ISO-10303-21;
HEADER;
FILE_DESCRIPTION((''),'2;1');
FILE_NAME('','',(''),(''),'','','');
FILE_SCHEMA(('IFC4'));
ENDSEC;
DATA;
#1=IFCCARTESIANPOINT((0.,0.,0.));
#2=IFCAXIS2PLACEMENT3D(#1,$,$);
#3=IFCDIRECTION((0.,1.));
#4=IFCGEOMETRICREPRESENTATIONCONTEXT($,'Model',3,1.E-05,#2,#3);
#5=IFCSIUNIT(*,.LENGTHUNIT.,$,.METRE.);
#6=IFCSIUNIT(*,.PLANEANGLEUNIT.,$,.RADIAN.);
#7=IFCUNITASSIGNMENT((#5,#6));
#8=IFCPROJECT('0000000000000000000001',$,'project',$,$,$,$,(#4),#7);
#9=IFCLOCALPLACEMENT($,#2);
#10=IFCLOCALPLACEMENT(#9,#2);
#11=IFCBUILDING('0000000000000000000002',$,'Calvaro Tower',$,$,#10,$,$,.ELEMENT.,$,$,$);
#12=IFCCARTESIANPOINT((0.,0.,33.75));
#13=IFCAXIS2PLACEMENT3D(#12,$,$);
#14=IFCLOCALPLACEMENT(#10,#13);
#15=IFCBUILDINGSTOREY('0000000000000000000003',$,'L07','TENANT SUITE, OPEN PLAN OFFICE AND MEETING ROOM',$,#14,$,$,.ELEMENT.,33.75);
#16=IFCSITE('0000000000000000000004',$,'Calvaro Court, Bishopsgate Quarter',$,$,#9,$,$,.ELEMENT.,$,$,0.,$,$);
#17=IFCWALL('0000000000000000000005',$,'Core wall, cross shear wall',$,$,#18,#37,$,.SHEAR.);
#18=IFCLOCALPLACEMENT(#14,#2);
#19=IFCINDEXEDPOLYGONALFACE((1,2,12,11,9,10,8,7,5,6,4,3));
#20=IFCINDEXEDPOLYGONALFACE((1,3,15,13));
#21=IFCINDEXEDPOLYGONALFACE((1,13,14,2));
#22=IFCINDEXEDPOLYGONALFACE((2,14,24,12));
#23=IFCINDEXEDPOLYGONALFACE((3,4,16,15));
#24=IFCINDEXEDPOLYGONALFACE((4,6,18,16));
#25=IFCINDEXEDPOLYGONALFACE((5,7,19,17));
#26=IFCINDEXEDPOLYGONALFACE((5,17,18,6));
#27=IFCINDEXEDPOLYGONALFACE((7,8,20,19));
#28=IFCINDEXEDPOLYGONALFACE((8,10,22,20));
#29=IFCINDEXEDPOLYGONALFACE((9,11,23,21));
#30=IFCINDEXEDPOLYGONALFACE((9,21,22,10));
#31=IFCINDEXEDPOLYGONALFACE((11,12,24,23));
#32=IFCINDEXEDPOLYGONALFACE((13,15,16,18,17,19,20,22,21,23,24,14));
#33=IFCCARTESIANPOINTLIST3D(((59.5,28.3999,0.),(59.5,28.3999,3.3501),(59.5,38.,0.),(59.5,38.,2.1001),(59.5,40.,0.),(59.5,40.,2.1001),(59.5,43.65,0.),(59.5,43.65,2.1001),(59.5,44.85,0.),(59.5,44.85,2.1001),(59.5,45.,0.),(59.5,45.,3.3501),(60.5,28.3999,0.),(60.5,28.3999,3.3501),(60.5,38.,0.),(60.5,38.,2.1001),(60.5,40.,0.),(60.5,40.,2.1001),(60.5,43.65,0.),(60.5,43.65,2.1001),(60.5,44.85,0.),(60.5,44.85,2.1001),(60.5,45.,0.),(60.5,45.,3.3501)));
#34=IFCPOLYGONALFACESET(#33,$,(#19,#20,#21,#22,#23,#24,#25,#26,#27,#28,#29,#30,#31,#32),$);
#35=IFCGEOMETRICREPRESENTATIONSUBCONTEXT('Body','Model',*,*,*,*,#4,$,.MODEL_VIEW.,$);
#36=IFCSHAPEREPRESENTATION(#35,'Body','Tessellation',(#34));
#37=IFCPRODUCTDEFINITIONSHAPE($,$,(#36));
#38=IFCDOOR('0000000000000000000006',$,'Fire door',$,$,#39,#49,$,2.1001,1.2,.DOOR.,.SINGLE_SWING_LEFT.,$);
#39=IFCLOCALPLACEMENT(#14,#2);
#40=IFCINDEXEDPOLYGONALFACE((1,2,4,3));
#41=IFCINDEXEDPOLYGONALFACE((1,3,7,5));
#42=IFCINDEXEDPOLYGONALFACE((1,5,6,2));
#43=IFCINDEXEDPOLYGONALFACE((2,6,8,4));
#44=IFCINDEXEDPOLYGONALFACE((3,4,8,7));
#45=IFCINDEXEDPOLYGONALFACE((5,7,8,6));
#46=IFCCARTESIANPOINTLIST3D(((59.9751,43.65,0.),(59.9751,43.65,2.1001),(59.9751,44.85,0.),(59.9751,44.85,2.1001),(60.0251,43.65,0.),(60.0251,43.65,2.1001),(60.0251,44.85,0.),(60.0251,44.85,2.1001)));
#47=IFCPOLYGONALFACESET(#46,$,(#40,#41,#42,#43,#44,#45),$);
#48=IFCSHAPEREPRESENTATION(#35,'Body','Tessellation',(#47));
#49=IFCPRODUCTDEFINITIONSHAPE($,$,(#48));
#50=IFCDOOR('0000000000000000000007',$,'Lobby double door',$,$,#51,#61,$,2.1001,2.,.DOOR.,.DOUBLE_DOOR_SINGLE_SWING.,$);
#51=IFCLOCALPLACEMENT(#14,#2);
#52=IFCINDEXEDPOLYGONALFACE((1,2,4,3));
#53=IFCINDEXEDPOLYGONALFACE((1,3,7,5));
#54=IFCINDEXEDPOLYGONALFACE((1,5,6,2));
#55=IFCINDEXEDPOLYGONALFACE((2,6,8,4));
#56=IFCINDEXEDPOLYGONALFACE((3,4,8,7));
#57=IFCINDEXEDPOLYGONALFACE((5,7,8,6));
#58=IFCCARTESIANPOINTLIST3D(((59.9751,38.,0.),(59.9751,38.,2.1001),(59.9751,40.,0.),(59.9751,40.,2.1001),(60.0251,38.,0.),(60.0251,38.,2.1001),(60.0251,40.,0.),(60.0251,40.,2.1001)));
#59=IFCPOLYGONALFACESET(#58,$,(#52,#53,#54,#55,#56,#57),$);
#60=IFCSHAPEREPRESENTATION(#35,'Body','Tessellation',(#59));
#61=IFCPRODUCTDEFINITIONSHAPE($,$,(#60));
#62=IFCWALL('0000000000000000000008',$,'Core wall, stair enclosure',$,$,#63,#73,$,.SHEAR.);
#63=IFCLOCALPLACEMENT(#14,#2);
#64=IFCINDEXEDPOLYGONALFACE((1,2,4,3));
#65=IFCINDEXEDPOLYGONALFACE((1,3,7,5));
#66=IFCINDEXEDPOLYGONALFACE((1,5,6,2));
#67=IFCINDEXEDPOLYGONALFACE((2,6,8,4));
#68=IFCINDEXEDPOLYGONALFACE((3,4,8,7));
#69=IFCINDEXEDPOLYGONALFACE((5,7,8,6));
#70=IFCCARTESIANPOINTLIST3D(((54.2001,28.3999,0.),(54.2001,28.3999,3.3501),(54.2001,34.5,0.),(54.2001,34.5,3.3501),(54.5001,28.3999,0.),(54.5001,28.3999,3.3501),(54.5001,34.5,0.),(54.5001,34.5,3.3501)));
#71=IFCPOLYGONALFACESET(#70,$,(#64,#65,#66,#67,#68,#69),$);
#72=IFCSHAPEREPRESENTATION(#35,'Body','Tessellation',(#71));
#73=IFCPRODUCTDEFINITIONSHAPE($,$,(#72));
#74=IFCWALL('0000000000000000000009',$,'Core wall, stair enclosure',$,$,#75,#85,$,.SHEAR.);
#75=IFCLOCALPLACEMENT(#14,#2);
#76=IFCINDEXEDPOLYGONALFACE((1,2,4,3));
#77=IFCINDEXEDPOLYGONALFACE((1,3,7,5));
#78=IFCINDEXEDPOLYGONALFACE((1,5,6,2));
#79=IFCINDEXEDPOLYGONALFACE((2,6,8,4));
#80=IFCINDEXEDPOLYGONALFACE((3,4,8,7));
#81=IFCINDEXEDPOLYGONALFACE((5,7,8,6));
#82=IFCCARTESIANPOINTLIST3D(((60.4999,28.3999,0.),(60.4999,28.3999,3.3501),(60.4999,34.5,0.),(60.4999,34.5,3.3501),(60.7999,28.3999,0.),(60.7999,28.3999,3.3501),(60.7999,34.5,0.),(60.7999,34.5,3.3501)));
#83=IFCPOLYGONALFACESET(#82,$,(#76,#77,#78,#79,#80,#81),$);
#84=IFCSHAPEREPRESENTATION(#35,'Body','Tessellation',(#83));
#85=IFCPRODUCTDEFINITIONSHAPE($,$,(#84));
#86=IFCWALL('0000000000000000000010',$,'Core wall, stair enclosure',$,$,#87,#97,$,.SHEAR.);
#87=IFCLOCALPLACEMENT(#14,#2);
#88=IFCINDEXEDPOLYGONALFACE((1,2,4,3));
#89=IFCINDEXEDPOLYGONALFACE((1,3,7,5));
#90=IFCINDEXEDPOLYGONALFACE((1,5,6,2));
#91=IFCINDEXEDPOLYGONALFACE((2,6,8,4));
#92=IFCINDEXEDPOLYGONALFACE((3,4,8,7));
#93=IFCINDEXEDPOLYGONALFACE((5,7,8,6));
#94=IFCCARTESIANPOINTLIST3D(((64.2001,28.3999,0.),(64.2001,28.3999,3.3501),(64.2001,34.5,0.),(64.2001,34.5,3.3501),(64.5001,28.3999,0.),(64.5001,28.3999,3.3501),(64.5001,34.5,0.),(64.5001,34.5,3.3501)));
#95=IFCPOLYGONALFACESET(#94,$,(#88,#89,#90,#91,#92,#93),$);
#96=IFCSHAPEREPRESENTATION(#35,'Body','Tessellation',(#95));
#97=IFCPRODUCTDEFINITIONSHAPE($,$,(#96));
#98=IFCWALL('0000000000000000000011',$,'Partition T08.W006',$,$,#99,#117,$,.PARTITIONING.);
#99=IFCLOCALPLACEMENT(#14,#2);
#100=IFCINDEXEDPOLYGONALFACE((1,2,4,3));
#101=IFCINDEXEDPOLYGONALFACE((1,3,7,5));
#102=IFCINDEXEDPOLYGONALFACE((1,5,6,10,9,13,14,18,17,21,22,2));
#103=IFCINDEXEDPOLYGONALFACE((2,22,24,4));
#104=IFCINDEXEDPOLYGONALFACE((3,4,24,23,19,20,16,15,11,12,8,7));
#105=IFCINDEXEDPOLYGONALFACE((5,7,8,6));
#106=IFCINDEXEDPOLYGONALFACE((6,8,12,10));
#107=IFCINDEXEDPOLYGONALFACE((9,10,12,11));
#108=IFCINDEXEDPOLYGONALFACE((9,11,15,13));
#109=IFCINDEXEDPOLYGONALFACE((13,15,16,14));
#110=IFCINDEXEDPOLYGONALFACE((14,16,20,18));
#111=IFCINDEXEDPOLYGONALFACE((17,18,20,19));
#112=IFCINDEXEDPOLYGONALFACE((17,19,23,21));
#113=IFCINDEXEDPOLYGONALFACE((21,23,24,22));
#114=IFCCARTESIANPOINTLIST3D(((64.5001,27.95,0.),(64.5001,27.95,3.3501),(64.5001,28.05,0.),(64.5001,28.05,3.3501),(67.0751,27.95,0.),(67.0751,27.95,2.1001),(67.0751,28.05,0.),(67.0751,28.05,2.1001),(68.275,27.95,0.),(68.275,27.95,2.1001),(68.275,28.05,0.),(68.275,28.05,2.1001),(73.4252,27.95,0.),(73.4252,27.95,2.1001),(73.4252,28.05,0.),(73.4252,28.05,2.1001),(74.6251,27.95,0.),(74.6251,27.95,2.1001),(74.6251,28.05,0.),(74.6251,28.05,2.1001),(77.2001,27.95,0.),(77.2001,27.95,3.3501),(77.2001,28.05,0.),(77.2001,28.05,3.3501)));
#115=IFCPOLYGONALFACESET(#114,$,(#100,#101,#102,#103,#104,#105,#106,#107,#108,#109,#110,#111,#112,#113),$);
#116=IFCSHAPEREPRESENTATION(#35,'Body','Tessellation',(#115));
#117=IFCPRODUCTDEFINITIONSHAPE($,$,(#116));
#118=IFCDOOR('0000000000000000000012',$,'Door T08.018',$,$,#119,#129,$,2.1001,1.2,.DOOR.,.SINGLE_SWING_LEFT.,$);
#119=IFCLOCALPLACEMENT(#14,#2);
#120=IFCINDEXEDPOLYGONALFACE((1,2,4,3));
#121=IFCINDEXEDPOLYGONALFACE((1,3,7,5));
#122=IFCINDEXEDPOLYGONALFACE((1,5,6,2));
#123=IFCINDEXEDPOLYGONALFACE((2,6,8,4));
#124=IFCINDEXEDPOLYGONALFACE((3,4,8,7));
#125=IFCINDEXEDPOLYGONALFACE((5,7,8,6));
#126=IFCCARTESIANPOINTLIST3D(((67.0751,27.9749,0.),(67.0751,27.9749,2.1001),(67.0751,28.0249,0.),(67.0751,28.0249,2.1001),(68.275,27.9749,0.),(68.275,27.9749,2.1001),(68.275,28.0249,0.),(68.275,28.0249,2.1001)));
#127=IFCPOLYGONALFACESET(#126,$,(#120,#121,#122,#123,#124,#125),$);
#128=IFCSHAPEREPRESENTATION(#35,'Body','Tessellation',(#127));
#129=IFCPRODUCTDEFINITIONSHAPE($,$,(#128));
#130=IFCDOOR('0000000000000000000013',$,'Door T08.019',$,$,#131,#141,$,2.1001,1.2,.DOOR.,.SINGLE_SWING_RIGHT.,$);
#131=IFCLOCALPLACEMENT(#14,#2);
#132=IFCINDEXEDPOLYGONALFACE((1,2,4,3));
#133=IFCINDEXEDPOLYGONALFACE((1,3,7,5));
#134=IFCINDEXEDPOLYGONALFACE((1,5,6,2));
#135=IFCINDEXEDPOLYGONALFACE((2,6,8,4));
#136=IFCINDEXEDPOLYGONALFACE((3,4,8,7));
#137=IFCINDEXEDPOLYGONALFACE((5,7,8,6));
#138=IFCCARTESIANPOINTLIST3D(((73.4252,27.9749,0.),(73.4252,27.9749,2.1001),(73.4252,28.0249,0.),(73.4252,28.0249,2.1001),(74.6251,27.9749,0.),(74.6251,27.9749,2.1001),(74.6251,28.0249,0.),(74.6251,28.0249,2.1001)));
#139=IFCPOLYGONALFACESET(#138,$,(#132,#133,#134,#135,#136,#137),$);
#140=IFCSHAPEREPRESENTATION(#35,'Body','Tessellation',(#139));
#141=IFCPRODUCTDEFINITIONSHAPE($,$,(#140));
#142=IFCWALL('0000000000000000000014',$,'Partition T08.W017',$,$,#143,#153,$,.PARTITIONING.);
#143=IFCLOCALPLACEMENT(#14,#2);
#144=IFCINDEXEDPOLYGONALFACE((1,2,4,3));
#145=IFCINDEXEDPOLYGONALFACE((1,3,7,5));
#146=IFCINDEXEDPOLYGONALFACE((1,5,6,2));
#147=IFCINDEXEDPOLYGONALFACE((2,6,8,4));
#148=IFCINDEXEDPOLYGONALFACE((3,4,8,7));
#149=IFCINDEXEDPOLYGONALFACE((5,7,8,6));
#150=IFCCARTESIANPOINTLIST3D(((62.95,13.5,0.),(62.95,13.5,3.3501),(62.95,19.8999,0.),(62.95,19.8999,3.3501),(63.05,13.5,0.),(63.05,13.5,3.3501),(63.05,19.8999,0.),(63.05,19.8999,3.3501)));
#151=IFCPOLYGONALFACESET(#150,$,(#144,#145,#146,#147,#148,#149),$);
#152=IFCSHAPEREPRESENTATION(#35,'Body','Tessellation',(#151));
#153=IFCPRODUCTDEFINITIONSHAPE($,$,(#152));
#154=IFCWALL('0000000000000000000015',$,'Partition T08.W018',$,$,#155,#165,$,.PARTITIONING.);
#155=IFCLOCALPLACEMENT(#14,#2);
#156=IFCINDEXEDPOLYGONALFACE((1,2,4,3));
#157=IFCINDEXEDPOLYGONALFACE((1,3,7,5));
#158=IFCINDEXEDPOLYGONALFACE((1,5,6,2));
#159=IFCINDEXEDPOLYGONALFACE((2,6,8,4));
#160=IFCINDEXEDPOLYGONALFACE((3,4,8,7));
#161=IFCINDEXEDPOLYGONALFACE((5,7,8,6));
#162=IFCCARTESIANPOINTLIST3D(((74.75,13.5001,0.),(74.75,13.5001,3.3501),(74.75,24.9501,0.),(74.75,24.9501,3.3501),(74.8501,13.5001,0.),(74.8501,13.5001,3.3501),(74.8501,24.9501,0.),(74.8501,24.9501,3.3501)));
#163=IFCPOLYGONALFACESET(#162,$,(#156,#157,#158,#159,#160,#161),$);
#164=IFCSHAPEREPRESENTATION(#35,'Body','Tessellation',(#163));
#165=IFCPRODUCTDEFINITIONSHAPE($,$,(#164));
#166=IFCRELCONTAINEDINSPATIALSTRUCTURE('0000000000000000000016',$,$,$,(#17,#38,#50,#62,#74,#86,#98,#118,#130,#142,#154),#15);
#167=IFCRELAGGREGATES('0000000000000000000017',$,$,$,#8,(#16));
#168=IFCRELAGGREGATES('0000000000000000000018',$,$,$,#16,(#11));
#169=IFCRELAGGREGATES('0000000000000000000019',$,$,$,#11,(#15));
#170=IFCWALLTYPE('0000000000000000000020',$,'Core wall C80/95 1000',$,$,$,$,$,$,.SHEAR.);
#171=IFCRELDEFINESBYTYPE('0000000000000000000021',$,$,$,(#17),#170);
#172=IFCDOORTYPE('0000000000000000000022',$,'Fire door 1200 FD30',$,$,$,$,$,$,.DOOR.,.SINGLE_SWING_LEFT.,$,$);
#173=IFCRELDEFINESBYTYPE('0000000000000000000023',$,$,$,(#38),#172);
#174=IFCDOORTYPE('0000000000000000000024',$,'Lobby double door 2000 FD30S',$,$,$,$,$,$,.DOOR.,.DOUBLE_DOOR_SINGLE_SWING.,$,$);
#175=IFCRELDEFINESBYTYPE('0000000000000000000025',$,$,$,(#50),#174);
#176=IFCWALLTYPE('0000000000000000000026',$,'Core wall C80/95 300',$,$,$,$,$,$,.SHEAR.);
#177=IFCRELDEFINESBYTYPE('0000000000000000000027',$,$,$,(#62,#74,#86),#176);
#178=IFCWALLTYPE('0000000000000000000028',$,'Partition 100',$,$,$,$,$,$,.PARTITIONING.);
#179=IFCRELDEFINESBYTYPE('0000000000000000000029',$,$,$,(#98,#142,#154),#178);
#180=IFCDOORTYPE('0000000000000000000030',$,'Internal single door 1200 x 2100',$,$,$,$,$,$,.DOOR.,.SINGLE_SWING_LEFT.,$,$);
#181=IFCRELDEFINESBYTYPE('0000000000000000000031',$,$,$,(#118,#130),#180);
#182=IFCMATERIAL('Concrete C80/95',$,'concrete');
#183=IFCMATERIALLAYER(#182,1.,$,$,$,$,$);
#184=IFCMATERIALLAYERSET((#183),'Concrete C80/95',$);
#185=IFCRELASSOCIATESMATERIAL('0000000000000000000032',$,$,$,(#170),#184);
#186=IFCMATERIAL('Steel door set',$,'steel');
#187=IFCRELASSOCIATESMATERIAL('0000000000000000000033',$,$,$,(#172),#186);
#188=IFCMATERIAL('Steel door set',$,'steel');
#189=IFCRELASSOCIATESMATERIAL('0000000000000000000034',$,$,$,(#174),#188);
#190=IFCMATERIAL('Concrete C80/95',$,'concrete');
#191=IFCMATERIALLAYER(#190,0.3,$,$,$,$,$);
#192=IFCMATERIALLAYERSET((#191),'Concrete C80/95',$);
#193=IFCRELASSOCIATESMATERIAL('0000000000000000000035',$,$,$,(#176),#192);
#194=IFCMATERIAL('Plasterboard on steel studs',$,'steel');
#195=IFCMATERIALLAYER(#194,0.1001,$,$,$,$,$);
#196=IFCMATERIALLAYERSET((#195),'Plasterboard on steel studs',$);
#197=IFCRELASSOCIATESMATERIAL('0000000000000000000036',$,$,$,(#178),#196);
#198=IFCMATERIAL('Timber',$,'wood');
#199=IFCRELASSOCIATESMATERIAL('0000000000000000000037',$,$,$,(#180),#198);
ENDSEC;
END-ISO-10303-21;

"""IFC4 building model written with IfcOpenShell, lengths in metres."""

from ifc_helpers import new_model, si_unit, direction, frame, frame_2d, origin, place, context, subcontext, project, spatial, rectangle, extrude, material, layer, layer_set, type_object, element, fill, save


model = new_model("IFC4")

# Units and contexts
model_context = context("Model", 3, precision=1e-05, world=origin(), true_north=direction((0.0, 1.0)))
body_context = subcontext(model_context, "Body", "Model", "MODEL_VIEW")
ifc_project = project(units=[si_unit("LENGTHUNIT", "METRE"), si_unit("PLANEANGLEUNIT", "RADIAN")], contexts=[model_context])

# Site, building, storey
site_placement = place(None, origin())
site = spatial("IfcSite", under=ifc_project, at=site_placement, Name="Calvaro Court, Bishopsgate Quarter", CompositionType="ELEMENT", RefElevation=0.0)
building_placement = place(site_placement, origin())
building = spatial("IfcBuilding", under=site, at=building_placement, Name="Calvaro Tower", CompositionType="ELEMENT")
storey_placement = place(building_placement, frame((0.0, 0.0, 33.75)))
storey = spatial("IfcBuildingStorey", under=building, at=storey_placement, Name="L07", Description="TENANT SUITE, OPEN PLAN OFFICE AND MEETING ROOM", CompositionType="ELEMENT", Elevation=33.75)

# Wall, openings, doors
ifc_material_1 = material(Name="Concrete C80/95", Category="concrete")
ifc_layer_1 = layer(ifc_material_1, 1.0)
ifc_layer_set_1 = layer_set([ifc_layer_1], Name="Concrete C80/95")
wall_type_1 = type_object("IfcWallType", Name="Core wall C80/95 1000", PredefinedType="SHEAR", material=ifc_layer_set_1)
wall_1_placement = place(storey_placement, frame((60.0, 28.3999, 0.0), z_axis=(0.0, 0.0, 1.0), x_axis=(0.0, 1.0, 0.0)))
wall_1 = element("IfcWall", 1, at=wall_1_placement, inside=storey, type_object=wall_type_1, Name="Core wall, cross shear wall", PredefinedType="SHEAR", context=body_context, shape_type="SweptSolid", body=[
    extrude(rectangle(XDim=16.6001, YDim=1.0, at=frame_2d((8.3, 0.0))), origin(), (0.0, 0.0, 1.0), 3.3501),
])
opening_1_placement = place(wall_1_placement, frame((9.6001, 0.0, 0.0)))
opening_1 = element("IfcOpeningElement", 2, at=opening_1_placement, cuts=wall_1, PredefinedType="OPENING", context=body_context, shape_type="SweptSolid", body=[
    extrude(rectangle(XDim=2.0, YDim=2.1001, at=frame_2d((1.0, 1.05))), frame((0.0, 0.51, 0.0), z_axis=(0.0, -1.0, 0.0), x_axis=(1.0, 0.0, 0.0)), (0.0, 0.0, 1.0), 1.02),
])
opening_2_placement = place(wall_1_placement, frame((15.25, 0.0, 0.0)))
opening_2 = element("IfcOpeningElement", 3, at=opening_2_placement, cuts=wall_1, PredefinedType="OPENING", context=body_context, shape_type="SweptSolid", body=[
    extrude(rectangle(XDim=1.2, YDim=2.1001, at=frame_2d((0.6001, 1.05))), frame((0.0, 0.51, 0.0), z_axis=(0.0, -1.0, 0.0), x_axis=(1.0, 0.0, 0.0)), (0.0, 0.0, 1.0), 1.02),
])
ifc_material_2 = material(Name="Steel door set", Category="steel")
door_type_1 = type_object("IfcDoorType", Name="Fire door 1200 FD30", OperationType="SINGLE_SWING_LEFT", PredefinedType="DOOR", material=ifc_material_2)
door_1_placement = place(opening_2_placement, origin())
door_1 = element("IfcDoor", 4, at=door_1_placement, inside=storey, type_object=door_type_1, Name="Fire door", OperationType="SINGLE_SWING_LEFT", OverallHeight=2.1001, OverallWidth=1.2, PredefinedType="DOOR", context=body_context, shape_type="SweptSolid", body=[
    extrude(rectangle(XDim=1.2, YDim=2.1001, at=frame_2d((0.6001, 1.05))), frame((0.0, 0.0249, 0.0), z_axis=(0.0, -1.0, 0.0), x_axis=(1.0, 0.0, 0.0)), (0.0, 0.0, 1.0), 0.05),
])
fill(opening_2, door_1)
ifc_material_3 = material(Name="Steel door set", Category="steel")
door_type_2 = type_object("IfcDoorType", Name="Lobby double door 2000 FD30S", OperationType="DOUBLE_DOOR_SINGLE_SWING", PredefinedType="DOOR", material=ifc_material_3)
door_2_placement = place(opening_1_placement, origin())
door_2 = element("IfcDoor", 5, at=door_2_placement, inside=storey, type_object=door_type_2, Name="Lobby double door", OperationType="DOUBLE_DOOR_SINGLE_SWING", OverallHeight=2.1001, OverallWidth=2.0, PredefinedType="DOOR", context=body_context, shape_type="SweptSolid", body=[
    extrude(rectangle(XDim=2.0, YDim=2.1001, at=frame_2d((1.0, 1.05))), frame((0.0, 0.0249, 0.0), z_axis=(0.0, -1.0, 0.0), x_axis=(1.0, 0.0, 0.0)), (0.0, 0.0, 1.0), 0.05),
])
fill(opening_1, door_2)

# Walls
ifc_material_4 = material(Name="Concrete C80/95", Category="concrete")
ifc_layer_2 = layer(ifc_material_4, 0.3)
ifc_layer_set_2 = layer_set([ifc_layer_2], Name="Concrete C80/95")
wall_type_2 = type_object("IfcWallType", Name="Core wall C80/95 300", PredefinedType="SHEAR", material=ifc_layer_set_2)
for number, where, z_axis, x_axis, name in (
    (6, (54.3501, 28.3999, 0.0), (0.0, 0.0, 1.0), (0.0, 1.0, 0.0), "Core wall, stair enclosure"),
    (7, (60.6499, 28.3999, 0.0), (0.0, 0.0, 1.0), (0.0, 1.0, 0.0), "Core wall, stair enclosure"),
    (8, (64.3501, 28.3999, 0.0), (0.0, 0.0, 1.0), (0.0, 1.0, 0.0), "Core wall, stair enclosure"),
):
    element("IfcWall", number, at=place(storey_placement, frame(where, z_axis=z_axis, x_axis=x_axis)), inside=storey, type_object=wall_type_2, Name=name, PredefinedType="SHEAR", context=body_context, shape_type="SweptSolid", body=[
        extrude(rectangle(XDim=6.1001, YDim=0.3, at=frame_2d((3.05, 0.0))), origin(), (0.0, 0.0, 1.0), 3.3501),
    ])

# Wall, openings, doors
ifc_material_5 = material(Name="Plasterboard on steel studs", Category="steel")
ifc_layer_3 = layer(ifc_material_5, 0.1001)
ifc_layer_set_3 = layer_set([ifc_layer_3], Name="Plasterboard on steel studs")
wall_type_3 = type_object("IfcWallType", Name="Partition 100", PredefinedType="PARTITIONING", material=ifc_layer_set_3)
wall_2_placement = place(storey_placement, frame((64.5, 28.0, 0.0), z_axis=(0.0, 0.0, 1.0), x_axis=(1.0, 0.0, 0.0)))
wall_2 = element("IfcWall", 9, at=wall_2_placement, inside=storey, type_object=wall_type_3, Name="Partition T08.W006", PredefinedType="PARTITIONING", context=body_context, shape_type="SweptSolid", body=[
    extrude(rectangle(XDim=12.7, YDim=0.1001, at=frame_2d((6.3501, 0.0))), origin(), (0.0, 0.0, 1.0), 3.3501),
])
opening_3_placement = place(wall_2_placement, frame((2.575, 0.0, 0.0)))
opening_3 = element("IfcOpeningElement", 10, at=opening_3_placement, cuts=wall_2, PredefinedType="OPENING", context=body_context, shape_type="SweptSolid", body=[
    extrude(rectangle(XDim=1.2, YDim=2.1001, at=frame_2d((0.6001, 1.05))), frame((0.0, 0.0601, 0.0), z_axis=(0.0, -1.0, 0.0), x_axis=(1.0, 0.0, 0.0)), (0.0, 0.0, 1.0), 0.1201),
])
opening_4_placement = place(wall_2_placement, frame((8.925, 0.0, 0.0)))
opening_4 = element("IfcOpeningElement", 11, at=opening_4_placement, cuts=wall_2, PredefinedType="OPENING", context=body_context, shape_type="SweptSolid", body=[
    extrude(rectangle(XDim=1.2, YDim=2.1001, at=frame_2d((0.6001, 1.05))), frame((0.0, 0.0601, 0.0), z_axis=(0.0, -1.0, 0.0), x_axis=(1.0, 0.0, 0.0)), (0.0, 0.0, 1.0), 0.1201),
])
ifc_material_6 = material(Name="Timber", Category="wood")
door_type_3 = type_object("IfcDoorType", Name="Internal single door 1200 x 2100", OperationType="SINGLE_SWING_LEFT", PredefinedType="DOOR", material=ifc_material_6)
door_3_placement = place(opening_3_placement, origin())
door_3 = element("IfcDoor", 12, at=door_3_placement, inside=storey, type_object=door_type_3, Name="Door T08.018", OperationType="SINGLE_SWING_LEFT", OverallHeight=2.1001, OverallWidth=1.2, PredefinedType="DOOR", context=body_context, shape_type="SweptSolid", body=[
    extrude(rectangle(XDim=1.2, YDim=2.1001, at=frame_2d((0.6001, 1.05))), frame((0.0, 0.0249, 0.0), z_axis=(0.0, -1.0, 0.0), x_axis=(1.0, 0.0, 0.0)), (0.0, 0.0, 1.0), 0.05),
])
fill(opening_3, door_3)
door_4_placement = place(opening_4_placement, origin())
door_4 = element("IfcDoor", 13, at=door_4_placement, inside=storey, type_object=door_type_3, Name="Door T08.019", OperationType="SINGLE_SWING_RIGHT", OverallHeight=2.1001, OverallWidth=1.2, PredefinedType="DOOR", context=body_context, shape_type="SweptSolid", body=[
    extrude(rectangle(XDim=1.2, YDim=2.1001, at=frame_2d((0.6001, 1.05))), frame((0.0, 0.0249, 0.0), z_axis=(0.0, -1.0, 0.0), x_axis=(1.0, 0.0, 0.0)), (0.0, 0.0, 1.0), 0.05),
])
fill(opening_4, door_4)

# Walls
wall_3_placement = place(storey_placement, frame((63.0, 13.5, 0.0), z_axis=(0.0, 0.0, 1.0), x_axis=(0.0, 1.0, 0.0)))
element("IfcWall", 14, at=wall_3_placement, inside=storey, type_object=wall_type_3, Name="Partition T08.W017", PredefinedType="PARTITIONING", context=body_context, shape_type="SweptSolid", body=[
    extrude(rectangle(XDim=6.3999, YDim=0.1001, at=frame_2d((3.2, 0.0))), origin(), (0.0, 0.0, 1.0), 3.3501),
])
wall_4_placement = place(storey_placement, frame((74.8, 13.5, 0.0), z_axis=(0.0, 0.0, 1.0), x_axis=(0.0, 1.0, 0.0)))
element("IfcWall", 15, at=wall_4_placement, inside=storey, type_object=wall_type_3, Name="Partition T08.W018", PredefinedType="PARTITIONING", context=body_context, shape_type="SweptSolid", body=[
    extrude(rectangle(XDim=11.45, YDim=0.1001, at=frame_2d((5.7251, 0.0))), origin(), (0.0, 0.0, 1.0), 3.3501),
])

save(model, "model.ifc")
